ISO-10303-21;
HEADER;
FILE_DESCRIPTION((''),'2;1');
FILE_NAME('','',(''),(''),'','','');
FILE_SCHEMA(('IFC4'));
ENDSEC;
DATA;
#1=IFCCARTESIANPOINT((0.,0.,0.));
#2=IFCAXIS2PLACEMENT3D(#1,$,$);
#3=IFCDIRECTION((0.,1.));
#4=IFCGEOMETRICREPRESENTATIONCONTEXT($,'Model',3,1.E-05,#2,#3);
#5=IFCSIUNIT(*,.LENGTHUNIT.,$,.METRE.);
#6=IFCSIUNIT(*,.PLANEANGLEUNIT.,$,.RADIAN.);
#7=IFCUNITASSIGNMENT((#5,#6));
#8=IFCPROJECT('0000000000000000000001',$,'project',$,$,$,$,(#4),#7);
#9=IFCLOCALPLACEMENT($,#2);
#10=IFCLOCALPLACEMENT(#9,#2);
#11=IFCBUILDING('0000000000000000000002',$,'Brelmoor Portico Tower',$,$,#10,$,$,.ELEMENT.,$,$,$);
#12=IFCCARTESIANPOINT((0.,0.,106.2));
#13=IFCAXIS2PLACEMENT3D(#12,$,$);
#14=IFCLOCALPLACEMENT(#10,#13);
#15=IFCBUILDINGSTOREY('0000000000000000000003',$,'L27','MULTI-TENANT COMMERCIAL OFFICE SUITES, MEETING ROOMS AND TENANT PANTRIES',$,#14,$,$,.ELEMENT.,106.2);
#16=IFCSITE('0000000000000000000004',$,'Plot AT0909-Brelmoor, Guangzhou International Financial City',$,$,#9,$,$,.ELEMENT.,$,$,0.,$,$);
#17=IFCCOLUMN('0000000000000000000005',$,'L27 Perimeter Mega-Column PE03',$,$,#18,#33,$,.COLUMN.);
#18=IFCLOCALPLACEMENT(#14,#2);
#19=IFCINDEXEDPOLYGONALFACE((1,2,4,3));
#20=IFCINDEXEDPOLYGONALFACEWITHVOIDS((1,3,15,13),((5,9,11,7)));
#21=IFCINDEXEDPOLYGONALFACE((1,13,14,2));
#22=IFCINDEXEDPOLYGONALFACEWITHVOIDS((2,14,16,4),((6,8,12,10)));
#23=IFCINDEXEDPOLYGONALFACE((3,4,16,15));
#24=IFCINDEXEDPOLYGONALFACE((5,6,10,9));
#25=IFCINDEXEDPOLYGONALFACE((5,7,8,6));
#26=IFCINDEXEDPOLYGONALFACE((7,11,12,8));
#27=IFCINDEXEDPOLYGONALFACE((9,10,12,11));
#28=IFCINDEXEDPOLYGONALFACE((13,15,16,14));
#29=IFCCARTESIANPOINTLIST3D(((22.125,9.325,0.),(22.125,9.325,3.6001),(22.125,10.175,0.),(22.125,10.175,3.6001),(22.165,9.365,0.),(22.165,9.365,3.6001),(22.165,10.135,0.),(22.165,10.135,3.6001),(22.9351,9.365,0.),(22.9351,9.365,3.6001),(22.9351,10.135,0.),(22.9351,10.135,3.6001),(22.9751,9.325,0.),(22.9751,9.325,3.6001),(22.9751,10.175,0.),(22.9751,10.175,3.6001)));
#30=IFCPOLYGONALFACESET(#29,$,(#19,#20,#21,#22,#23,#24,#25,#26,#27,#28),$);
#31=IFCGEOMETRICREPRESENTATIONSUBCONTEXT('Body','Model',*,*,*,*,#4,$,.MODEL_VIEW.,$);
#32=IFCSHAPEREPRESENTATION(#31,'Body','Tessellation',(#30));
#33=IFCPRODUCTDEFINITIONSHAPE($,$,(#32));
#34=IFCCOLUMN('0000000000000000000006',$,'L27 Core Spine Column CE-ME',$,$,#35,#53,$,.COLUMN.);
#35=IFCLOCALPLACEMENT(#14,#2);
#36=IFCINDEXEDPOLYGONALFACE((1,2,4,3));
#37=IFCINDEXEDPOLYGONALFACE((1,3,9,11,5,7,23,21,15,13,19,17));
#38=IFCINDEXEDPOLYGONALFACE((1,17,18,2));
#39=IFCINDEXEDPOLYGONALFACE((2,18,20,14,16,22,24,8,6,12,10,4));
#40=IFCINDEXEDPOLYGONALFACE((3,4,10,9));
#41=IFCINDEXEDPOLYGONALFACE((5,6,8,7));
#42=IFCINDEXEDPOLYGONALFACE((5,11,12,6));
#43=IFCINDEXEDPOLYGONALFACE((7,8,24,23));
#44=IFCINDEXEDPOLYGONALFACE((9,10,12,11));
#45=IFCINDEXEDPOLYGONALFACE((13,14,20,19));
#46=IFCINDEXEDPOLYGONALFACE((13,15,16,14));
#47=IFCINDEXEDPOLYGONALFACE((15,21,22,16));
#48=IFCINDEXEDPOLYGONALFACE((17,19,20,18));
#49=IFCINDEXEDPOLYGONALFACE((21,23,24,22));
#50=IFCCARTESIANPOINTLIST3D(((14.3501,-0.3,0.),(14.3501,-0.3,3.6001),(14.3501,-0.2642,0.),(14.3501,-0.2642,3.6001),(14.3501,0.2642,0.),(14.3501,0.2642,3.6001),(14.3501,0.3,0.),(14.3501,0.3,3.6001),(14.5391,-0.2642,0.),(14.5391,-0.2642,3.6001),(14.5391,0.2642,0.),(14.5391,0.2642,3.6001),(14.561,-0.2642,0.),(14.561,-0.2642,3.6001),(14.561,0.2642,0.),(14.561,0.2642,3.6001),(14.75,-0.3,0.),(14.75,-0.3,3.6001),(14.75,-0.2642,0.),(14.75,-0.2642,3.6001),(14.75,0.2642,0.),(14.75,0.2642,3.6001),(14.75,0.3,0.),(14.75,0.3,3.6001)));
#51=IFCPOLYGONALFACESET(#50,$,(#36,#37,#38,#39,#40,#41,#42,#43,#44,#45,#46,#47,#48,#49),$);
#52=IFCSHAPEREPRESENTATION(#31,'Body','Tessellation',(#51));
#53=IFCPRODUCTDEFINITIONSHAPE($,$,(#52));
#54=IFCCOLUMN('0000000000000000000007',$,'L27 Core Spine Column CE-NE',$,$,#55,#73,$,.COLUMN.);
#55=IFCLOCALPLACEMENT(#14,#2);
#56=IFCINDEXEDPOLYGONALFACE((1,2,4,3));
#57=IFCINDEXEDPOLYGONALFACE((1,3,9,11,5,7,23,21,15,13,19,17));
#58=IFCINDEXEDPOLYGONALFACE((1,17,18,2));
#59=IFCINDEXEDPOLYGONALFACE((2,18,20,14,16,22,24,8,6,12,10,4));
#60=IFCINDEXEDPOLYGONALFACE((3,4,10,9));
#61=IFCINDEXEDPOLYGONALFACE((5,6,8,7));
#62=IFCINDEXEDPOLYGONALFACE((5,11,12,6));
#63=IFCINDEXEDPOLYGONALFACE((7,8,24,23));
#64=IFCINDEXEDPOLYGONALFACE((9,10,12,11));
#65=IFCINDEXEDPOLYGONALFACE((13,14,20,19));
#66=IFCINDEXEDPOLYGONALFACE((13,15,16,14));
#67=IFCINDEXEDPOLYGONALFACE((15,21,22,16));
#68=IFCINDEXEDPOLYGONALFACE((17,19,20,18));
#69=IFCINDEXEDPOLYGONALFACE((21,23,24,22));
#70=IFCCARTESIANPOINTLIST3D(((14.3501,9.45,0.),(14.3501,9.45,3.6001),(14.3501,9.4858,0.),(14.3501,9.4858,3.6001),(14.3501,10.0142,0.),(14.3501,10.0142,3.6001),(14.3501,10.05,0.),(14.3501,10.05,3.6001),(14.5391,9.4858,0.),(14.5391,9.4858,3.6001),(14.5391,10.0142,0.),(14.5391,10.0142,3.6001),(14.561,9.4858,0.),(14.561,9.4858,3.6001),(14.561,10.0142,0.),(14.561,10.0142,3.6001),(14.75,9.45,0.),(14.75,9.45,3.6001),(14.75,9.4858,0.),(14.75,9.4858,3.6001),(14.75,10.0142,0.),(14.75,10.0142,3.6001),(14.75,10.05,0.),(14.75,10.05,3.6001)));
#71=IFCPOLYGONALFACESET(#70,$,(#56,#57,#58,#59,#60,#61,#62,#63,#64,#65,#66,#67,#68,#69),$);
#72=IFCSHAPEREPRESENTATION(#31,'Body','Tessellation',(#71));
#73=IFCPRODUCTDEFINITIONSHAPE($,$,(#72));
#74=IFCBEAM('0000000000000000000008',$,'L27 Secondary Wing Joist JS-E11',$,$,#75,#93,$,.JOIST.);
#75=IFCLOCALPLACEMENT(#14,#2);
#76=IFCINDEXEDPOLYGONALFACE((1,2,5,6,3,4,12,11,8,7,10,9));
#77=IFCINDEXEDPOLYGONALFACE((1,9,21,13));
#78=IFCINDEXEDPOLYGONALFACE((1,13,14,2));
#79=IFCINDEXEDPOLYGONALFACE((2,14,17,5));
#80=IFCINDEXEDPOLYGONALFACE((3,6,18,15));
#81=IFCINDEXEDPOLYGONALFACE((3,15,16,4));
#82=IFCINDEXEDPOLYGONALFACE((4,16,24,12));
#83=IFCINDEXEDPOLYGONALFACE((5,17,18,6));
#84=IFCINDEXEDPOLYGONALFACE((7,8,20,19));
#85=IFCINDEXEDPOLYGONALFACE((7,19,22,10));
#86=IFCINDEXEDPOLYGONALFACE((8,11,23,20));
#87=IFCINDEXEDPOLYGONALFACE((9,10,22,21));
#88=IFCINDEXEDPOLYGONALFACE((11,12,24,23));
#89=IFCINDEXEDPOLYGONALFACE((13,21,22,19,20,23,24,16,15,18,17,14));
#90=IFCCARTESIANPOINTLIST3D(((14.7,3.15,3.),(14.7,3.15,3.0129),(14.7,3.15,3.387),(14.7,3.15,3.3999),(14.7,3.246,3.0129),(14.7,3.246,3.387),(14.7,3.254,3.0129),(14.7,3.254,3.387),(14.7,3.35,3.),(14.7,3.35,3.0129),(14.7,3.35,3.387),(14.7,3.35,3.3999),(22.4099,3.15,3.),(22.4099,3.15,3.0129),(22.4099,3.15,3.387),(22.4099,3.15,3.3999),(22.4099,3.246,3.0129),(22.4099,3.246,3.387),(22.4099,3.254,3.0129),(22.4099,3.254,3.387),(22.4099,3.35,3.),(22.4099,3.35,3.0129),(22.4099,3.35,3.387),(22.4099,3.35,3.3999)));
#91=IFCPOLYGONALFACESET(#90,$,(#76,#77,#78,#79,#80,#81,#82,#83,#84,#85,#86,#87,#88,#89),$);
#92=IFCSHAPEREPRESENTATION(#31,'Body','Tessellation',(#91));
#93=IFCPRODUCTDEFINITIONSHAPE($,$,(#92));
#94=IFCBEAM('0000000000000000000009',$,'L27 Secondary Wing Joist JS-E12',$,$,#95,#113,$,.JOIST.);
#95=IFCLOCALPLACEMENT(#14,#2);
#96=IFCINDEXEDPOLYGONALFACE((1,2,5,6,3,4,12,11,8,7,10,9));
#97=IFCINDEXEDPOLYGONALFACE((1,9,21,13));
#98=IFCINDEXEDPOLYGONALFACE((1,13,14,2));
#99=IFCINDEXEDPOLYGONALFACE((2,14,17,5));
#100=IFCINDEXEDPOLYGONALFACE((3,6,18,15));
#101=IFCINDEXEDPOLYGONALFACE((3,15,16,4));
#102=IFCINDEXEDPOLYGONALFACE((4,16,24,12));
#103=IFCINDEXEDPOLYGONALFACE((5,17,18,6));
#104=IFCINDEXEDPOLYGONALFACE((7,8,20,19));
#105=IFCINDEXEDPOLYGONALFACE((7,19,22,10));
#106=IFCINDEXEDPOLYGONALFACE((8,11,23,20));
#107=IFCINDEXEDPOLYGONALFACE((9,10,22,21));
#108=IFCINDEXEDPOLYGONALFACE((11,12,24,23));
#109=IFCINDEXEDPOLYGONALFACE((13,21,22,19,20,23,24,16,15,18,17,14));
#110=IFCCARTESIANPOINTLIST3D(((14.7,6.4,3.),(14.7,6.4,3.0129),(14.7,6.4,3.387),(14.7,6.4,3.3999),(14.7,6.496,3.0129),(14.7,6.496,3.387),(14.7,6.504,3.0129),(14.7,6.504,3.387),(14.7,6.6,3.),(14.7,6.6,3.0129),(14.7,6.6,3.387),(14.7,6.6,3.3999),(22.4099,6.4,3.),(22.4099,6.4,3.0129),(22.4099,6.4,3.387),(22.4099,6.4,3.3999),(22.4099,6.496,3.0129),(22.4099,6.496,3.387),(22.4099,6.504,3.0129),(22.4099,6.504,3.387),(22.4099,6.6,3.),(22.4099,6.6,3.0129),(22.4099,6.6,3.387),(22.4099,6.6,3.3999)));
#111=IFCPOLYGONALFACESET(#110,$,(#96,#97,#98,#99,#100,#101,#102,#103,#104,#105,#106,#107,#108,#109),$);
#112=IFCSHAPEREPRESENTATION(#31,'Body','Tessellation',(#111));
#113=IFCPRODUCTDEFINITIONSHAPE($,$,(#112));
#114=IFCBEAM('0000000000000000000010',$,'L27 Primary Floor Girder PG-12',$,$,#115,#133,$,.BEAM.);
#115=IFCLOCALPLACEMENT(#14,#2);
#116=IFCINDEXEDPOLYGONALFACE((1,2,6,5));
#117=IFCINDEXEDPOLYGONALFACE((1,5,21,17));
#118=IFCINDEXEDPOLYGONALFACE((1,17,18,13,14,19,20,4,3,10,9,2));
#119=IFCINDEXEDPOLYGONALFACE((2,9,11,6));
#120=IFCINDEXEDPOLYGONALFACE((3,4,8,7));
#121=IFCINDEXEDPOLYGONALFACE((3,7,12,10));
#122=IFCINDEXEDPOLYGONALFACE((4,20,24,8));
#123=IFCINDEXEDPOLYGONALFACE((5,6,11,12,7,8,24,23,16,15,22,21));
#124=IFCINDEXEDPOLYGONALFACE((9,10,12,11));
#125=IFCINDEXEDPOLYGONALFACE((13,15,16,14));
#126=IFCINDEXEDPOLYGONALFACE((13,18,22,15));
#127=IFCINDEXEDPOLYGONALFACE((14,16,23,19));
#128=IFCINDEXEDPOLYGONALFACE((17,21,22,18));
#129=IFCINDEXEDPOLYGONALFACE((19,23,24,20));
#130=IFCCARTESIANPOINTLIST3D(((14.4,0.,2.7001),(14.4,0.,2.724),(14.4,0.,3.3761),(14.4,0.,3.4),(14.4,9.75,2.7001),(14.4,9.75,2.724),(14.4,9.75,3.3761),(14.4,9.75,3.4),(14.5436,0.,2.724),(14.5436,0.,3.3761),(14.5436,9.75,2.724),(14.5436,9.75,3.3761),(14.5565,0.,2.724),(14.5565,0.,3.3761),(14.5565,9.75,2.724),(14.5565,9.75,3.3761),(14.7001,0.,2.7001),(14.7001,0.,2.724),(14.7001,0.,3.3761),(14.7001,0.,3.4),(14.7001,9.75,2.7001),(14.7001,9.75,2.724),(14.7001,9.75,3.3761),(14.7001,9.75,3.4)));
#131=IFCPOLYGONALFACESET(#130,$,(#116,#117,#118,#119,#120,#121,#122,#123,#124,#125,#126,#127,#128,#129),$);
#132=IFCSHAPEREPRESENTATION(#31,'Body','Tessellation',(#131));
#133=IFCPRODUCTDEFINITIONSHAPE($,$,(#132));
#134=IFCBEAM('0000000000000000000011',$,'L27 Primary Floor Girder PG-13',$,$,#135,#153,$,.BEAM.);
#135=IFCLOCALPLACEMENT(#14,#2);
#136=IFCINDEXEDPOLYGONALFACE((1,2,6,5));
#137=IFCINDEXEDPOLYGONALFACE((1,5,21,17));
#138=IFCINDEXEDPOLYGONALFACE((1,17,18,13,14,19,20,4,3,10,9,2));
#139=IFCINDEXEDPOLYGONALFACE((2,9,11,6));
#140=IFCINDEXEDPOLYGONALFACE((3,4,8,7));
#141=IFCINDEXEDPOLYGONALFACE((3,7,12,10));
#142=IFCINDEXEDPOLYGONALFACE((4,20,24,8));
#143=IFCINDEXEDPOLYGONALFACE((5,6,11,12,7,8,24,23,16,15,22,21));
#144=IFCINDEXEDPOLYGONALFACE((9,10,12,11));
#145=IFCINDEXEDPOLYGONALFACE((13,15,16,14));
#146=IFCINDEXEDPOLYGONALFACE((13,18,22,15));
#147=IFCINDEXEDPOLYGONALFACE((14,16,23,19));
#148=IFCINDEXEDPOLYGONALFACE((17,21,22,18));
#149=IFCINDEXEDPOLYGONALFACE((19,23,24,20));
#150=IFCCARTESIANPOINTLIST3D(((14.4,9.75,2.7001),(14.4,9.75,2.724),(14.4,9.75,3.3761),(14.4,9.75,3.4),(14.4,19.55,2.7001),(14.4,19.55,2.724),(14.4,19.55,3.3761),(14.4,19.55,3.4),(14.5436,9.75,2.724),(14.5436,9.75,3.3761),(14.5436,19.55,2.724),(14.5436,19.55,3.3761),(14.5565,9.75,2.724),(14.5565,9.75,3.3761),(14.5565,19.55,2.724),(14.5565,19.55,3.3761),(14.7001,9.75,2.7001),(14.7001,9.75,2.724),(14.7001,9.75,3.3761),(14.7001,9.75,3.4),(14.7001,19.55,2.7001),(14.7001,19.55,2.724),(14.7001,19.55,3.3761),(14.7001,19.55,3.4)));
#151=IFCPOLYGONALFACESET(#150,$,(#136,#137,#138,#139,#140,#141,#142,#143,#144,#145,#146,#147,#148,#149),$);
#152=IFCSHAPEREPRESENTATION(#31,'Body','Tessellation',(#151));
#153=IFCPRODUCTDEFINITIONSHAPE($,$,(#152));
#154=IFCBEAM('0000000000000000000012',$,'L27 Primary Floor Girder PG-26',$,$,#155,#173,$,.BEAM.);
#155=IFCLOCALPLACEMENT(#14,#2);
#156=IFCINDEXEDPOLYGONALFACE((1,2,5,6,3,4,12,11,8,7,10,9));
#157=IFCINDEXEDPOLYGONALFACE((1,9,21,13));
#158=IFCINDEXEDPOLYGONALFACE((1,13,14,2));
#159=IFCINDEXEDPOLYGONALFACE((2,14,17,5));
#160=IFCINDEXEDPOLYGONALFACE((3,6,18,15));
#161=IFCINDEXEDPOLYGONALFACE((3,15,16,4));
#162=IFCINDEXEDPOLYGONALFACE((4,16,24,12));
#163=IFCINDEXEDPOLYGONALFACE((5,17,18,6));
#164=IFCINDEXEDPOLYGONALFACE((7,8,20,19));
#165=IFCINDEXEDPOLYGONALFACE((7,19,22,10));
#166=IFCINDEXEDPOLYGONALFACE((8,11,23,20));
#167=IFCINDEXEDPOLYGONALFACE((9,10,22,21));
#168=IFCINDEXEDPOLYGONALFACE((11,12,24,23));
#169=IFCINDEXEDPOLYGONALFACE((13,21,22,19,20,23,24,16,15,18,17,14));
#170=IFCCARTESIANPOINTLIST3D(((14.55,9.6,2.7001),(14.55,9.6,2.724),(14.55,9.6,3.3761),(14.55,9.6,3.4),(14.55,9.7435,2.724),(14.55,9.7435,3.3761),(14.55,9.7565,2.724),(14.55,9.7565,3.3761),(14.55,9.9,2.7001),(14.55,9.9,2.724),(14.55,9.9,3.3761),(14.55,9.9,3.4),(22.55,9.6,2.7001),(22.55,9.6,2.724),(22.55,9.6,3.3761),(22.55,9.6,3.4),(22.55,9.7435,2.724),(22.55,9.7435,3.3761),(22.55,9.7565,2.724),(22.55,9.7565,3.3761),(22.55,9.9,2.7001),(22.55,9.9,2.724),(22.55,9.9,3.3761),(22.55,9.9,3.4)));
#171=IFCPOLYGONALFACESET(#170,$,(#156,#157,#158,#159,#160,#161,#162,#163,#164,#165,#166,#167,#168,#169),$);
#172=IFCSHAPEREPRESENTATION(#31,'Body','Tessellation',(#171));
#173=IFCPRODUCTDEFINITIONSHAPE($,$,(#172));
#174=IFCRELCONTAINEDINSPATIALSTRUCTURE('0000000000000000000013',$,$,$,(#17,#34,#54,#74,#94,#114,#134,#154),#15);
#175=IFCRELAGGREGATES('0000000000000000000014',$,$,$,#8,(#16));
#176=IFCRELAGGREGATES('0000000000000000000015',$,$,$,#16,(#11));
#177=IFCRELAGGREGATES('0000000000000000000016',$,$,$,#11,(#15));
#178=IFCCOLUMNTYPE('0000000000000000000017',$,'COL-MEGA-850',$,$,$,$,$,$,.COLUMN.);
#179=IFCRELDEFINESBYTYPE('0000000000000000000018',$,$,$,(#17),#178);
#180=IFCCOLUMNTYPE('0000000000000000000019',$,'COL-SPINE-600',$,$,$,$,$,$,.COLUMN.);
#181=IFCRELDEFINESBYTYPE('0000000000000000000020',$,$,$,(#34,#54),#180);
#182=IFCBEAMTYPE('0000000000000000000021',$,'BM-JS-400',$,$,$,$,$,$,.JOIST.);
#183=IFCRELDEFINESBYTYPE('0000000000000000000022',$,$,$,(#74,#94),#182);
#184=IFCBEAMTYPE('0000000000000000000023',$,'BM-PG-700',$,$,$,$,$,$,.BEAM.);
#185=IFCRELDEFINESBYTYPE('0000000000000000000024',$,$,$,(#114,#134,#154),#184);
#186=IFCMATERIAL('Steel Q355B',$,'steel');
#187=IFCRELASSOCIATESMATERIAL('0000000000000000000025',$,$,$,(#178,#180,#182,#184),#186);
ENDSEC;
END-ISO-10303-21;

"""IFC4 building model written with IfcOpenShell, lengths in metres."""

from ifc_helpers import new_model, si_unit, direction, frame, origin, origin_2d, place, context, subcontext, project, spatial, hollow_rectangle, i_section, extrude, material, material_profile, profile_set, type_object, element, save


model = new_model("IFC4")

# Units and contexts
model_context = context("Model", 3, precision=1e-05, world=origin(), true_north=direction((0.0, 1.0)))
body_context = subcontext(model_context, "Body", "Model", "MODEL_VIEW")
ifc_project = project(units=[si_unit("LENGTHUNIT", "METRE"), si_unit("PLANEANGLEUNIT", "RADIAN")], contexts=[model_context])

# Site, building, storey
site_placement = place(None, origin())
site = spatial("IfcSite", under=ifc_project, at=site_placement, Name="Plot AT0909-Brelmoor, Guangzhou International Financial City", CompositionType="ELEMENT", RefElevation=0.0)
building_placement = place(site_placement, origin())
building = spatial("IfcBuilding", under=site, at=building_placement, Name="Brelmoor Portico Tower", CompositionType="ELEMENT")
storey_placement = place(building_placement, frame((0.0, 0.0, 106.2)))
storey = spatial("IfcBuildingStorey", under=building, at=storey_placement, Name="L27", Description="MULTI-TENANT COMMERCIAL OFFICE SUITES, MEETING ROOMS AND TENANT PANTRIES", CompositionType="ELEMENT", Elevation=106.2)

# Columns
ifc_material_1 = material(Name="Steel Q355B", Category="steel")
ifc_material_profile_1 = material_profile(ifc_material_1, hollow_rectangle(XDim=0.8501, YDim=0.8501, WallThickness=0.04, at=origin_2d()), Name="BOX 850x850x40")
ifc_profile_set_1 = profile_set([ifc_material_profile_1], Name="Steel Q355B")
column_type_1 = type_object("IfcColumnType", Name="COL-MEGA-850", PredefinedType="COLUMN", material=ifc_profile_set_1)
column_placement = place(storey_placement, frame((22.55, 9.75, 0.0), z_axis=(0.0, 0.0, 1.0), x_axis=(0.0, 1.0, 0.0)))
element("IfcColumn", 1, at=column_placement, inside=storey, type_object=column_type_1, Name="L27 Perimeter Mega-Column PE03", PredefinedType="COLUMN", context=body_context, shape_type="SweptSolid", body=[
    extrude(hollow_rectangle(XDim=0.8501, YDim=0.8501, WallThickness=0.04, at=origin_2d()), origin(), (0.0, 0.0, 1.0), 3.6001),
])
ifc_material_profile_2 = material_profile(ifc_material_1, i_section(OverallWidth=0.3999, OverallDepth=0.6001, WebThickness=0.022, FlangeThickness=0.0359, at=origin_2d()), Name="HW 600x400x22x36")
ifc_profile_set_2 = profile_set([ifc_material_profile_2], Name="Steel Q355B")
column_type_2 = type_object("IfcColumnType", Name="COL-SPINE-600", PredefinedType="COLUMN", material=ifc_profile_set_2)
for number, where, z_axis, x_axis, name in (
    (2, (14.55, 0.0, 0.0), (0.0, 0.0, 1.0), (1.0, 0.0, 0.0), "L27 Core Spine Column CE-ME"),
    (3, (14.55, 9.75, 0.0), (0.0, 0.0, 1.0), (1.0, 0.0, 0.0), "L27 Core Spine Column CE-NE"),
):
    element("IfcColumn", number, at=place(storey_placement, frame(where, z_axis=z_axis, x_axis=x_axis)), inside=storey, type_object=column_type_2, Name=name, PredefinedType="COLUMN", context=body_context, shape_type="SweptSolid", body=[
        extrude(i_section(OverallWidth=0.3999, OverallDepth=0.6001, WebThickness=0.022, FlangeThickness=0.0359, at=origin_2d()), origin(), (0.0, 0.0, 1.0), 3.6001),
    ])

# Beams
ifc_material_profile_3 = material_profile(ifc_material_1, i_section(OverallWidth=0.2, OverallDepth=0.3999, WebThickness=0.0081, FlangeThickness=0.0129, at=origin_2d()), Name="HN 400x200x8x13")
ifc_profile_set_3 = profile_set([ifc_material_profile_3], Name="Steel Q355B")
beam_type_1 = type_object("IfcBeamType", Name="BM-JS-400", PredefinedType="JOIST", material=ifc_profile_set_3)
for number, where, z_axis, x_axis, name in (
    (4, (14.7, 3.25, 3.2), (1.0, 0.0, 0.0), (0.0, 1.0, 0.0), "L27 Secondary Wing Joist JS-E11"),
    (5, (14.7, 6.5, 3.2), (1.0, 0.0, 0.0), (0.0, 1.0, 0.0), "L27 Secondary Wing Joist JS-E12"),
):
    element("IfcBeam", number, at=place(storey_placement, frame(where, z_axis=z_axis, x_axis=x_axis)), inside=storey, type_object=beam_type_1, Name=name, PredefinedType="JOIST", context=body_context, shape_type="SweptSolid", body=[
        extrude(i_section(OverallWidth=0.2, OverallDepth=0.3999, WebThickness=0.0081, FlangeThickness=0.0129, at=origin_2d()), origin(), (0.0, 0.0, 1.0), 7.71),
    ])
ifc_material_profile_4 = material_profile(ifc_material_1, i_section(OverallWidth=0.3, OverallDepth=0.7, WebThickness=0.0129, FlangeThickness=0.0239, at=origin_2d()), Name="HN 700x300x13x24")
ifc_profile_set_4 = profile_set([ifc_material_profile_4], Name="Steel Q355B")
beam_type_2 = type_object("IfcBeamType", Name="BM-PG-700", PredefinedType="BEAM", material=ifc_profile_set_4)
beam_1_placement = place(storey_placement, frame((14.55, 0.0, 3.05), z_axis=(0.0, 1.0, 0.0), x_axis=(-1.0, 0.0, 0.0)))
element("IfcBeam", 6, at=beam_1_placement, inside=storey, type_object=beam_type_2, Name="L27 Primary Floor Girder PG-12", PredefinedType="BEAM", context=body_context, shape_type="SweptSolid", body=[
    extrude(i_section(OverallWidth=0.3, OverallDepth=0.7, WebThickness=0.0129, FlangeThickness=0.0239, at=origin_2d()), origin(), (0.0, 0.0, 1.0), 9.75),
])
beam_2_placement = place(storey_placement, frame((14.55, 9.75, 3.05), z_axis=(0.0, 1.0, 0.0), x_axis=(-1.0, 0.0, 0.0)))
element("IfcBeam", 7, at=beam_2_placement, inside=storey, type_object=beam_type_2, Name="L27 Primary Floor Girder PG-13", PredefinedType="BEAM", context=body_context, shape_type="SweptSolid", body=[
    extrude(i_section(OverallWidth=0.3, OverallDepth=0.7, WebThickness=0.0129, FlangeThickness=0.0239, at=origin_2d()), origin(), (0.0, 0.0, 1.0), 9.8),
])
beam_3_placement = place(storey_placement, frame((14.55, 9.75, 3.05), z_axis=(1.0, 0.0, 0.0), x_axis=(0.0, 1.0, 0.0)))
element("IfcBeam", 8, at=beam_3_placement, inside=storey, type_object=beam_type_2, Name="L27 Primary Floor Girder PG-26", PredefinedType="BEAM", context=body_context, shape_type="SweptSolid", body=[
    extrude(i_section(OverallWidth=0.3, OverallDepth=0.7, WebThickness=0.0129, FlangeThickness=0.0239, at=origin_2d()), origin(), (0.0, 0.0, 1.0), 8.0),
])

save(model, "model.ifc")
